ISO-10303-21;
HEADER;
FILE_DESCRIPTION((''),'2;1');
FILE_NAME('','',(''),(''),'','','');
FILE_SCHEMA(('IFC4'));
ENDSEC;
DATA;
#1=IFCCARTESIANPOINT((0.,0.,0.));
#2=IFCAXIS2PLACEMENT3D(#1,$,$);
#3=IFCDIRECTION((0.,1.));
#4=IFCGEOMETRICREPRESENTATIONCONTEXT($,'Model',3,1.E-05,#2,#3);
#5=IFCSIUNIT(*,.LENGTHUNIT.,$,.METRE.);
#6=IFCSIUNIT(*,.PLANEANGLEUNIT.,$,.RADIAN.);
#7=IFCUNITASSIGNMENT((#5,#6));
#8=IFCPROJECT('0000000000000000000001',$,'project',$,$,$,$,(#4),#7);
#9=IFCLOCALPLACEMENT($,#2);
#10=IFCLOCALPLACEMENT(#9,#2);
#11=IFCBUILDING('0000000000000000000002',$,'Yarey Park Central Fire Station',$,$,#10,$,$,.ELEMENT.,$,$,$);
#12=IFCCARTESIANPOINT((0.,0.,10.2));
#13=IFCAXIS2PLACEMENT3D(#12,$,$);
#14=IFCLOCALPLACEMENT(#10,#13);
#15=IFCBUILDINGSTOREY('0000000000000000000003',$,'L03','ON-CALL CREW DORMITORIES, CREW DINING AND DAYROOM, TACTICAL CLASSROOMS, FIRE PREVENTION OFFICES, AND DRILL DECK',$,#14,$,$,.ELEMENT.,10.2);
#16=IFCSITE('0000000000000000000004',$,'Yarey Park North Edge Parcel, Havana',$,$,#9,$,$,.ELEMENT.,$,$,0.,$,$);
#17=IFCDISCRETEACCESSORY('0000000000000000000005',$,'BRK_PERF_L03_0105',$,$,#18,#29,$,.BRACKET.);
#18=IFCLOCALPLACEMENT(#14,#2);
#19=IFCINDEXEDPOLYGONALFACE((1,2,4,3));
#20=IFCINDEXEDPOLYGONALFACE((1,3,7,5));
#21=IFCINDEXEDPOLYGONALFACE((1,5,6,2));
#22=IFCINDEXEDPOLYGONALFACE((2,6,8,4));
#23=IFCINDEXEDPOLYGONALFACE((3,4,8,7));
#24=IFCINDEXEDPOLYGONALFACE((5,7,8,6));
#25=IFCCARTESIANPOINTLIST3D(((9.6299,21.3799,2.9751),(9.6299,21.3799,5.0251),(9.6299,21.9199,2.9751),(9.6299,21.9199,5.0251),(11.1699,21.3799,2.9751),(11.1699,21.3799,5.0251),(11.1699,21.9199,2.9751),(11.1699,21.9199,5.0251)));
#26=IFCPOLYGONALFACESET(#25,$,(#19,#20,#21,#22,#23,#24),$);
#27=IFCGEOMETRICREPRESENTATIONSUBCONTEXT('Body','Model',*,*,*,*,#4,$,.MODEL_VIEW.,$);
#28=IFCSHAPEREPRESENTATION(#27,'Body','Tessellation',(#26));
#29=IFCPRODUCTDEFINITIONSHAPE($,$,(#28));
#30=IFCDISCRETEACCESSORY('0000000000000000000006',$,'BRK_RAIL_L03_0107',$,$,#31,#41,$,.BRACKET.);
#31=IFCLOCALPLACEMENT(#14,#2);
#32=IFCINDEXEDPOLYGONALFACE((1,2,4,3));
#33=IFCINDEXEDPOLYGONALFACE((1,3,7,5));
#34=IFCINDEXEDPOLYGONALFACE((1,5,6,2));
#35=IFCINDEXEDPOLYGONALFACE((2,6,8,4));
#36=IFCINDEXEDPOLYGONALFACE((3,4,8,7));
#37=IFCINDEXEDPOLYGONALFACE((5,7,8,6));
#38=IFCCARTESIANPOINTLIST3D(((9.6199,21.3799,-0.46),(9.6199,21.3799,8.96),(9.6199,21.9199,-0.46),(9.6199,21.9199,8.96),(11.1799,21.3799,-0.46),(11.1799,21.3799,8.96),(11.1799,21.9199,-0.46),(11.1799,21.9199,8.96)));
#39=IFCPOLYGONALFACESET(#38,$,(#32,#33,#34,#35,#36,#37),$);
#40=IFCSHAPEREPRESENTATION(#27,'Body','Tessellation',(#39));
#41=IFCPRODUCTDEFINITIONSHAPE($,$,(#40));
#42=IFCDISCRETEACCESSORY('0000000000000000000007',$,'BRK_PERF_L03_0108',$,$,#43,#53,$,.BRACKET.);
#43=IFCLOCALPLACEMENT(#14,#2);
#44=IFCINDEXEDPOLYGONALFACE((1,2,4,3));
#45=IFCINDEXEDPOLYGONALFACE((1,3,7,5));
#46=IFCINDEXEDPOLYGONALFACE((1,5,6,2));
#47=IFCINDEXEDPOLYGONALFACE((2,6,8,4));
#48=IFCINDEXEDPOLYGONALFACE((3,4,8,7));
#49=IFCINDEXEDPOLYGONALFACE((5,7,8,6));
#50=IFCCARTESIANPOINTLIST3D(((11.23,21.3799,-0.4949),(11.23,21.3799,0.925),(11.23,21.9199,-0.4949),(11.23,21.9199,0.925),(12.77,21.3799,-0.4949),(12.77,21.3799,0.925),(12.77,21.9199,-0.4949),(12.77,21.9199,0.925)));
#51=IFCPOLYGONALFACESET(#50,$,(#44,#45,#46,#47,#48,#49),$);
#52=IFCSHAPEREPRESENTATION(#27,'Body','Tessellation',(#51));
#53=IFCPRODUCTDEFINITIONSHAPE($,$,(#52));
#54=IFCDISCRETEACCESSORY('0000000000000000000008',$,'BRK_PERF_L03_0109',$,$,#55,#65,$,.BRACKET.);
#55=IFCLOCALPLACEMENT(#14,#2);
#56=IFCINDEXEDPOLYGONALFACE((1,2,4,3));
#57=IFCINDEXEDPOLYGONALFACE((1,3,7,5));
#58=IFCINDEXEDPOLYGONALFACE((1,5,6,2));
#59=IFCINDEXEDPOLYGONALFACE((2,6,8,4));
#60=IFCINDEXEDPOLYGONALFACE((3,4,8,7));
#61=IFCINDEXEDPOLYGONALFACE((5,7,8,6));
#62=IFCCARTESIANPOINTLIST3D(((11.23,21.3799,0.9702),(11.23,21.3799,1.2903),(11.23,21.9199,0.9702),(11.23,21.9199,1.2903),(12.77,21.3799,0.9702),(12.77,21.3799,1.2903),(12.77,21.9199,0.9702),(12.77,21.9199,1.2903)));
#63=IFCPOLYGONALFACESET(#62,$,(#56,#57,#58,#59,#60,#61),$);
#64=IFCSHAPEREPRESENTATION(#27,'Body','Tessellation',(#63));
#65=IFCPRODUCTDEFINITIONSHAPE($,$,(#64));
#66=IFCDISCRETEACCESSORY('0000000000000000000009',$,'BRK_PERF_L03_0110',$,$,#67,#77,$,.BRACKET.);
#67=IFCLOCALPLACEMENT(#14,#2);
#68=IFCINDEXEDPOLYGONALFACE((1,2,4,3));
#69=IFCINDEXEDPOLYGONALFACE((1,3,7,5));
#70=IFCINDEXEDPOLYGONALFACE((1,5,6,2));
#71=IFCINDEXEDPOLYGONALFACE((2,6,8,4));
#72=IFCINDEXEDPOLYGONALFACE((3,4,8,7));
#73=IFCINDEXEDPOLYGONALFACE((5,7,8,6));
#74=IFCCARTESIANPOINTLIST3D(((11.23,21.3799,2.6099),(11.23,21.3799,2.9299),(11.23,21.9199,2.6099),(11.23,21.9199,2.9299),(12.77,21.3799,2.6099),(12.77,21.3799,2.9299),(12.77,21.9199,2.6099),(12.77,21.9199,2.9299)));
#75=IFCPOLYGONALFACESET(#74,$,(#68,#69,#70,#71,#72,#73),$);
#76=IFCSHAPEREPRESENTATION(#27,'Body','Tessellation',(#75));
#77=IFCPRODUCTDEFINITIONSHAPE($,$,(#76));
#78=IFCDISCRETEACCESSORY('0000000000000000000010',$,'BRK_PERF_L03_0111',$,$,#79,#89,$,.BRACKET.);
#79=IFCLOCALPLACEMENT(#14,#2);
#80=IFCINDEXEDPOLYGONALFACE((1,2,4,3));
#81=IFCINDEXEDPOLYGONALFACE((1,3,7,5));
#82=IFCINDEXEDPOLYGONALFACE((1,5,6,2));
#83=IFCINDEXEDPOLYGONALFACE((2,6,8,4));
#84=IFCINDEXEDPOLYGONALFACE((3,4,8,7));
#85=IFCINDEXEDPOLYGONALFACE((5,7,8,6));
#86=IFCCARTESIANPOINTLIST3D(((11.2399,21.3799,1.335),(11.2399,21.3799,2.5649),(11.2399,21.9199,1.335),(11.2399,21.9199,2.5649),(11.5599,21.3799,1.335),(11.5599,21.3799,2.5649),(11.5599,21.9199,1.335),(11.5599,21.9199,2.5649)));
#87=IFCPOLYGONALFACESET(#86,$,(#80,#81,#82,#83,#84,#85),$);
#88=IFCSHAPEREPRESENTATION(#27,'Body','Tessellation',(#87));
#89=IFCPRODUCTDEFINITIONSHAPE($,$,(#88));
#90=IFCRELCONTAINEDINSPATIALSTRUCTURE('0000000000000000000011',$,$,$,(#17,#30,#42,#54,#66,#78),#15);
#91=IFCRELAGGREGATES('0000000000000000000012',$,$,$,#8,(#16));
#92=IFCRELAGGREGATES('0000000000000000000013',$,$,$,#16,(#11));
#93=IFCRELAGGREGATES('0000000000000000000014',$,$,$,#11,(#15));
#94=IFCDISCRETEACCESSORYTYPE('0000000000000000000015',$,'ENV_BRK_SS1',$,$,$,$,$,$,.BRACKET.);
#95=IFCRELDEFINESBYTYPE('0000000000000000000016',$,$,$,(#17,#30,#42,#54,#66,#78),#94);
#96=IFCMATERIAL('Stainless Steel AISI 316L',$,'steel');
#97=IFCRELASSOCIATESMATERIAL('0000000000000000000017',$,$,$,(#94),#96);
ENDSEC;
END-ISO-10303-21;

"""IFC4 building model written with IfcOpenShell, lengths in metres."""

from ifc_helpers import new_model, si_unit, direction, frame, origin, origin_2d, place, context, subcontext, project, spatial, rectangle, extrude, material, type_object, element, save


model = new_model("IFC4")

# Units and contexts
model_context = context("Model", 3, precision=1e-05, world=origin(), true_north=direction((0.0, 1.0)))
body_context = subcontext(model_context, "Body", "Model", "MODEL_VIEW")
ifc_project = project(units=[si_unit("LENGTHUNIT", "METRE"), si_unit("PLANEANGLEUNIT", "RADIAN")], contexts=[model_context])

# Site, building, storey
site_placement = place(None, origin())
site = spatial("IfcSite", under=ifc_project, at=site_placement, Name="Yarey Park North Edge Parcel, Havana", CompositionType="ELEMENT", RefElevation=0.0)
building_placement = place(site_placement, origin())
building = spatial("IfcBuilding", under=site, at=building_placement, Name="Yarey Park Central Fire Station", CompositionType="ELEMENT")
storey_placement = place(building_placement, frame((0.0, 0.0, 10.2)))
storey = spatial("IfcBuildingStorey", under=building, at=storey_placement, Name="L03", Description="ON-CALL CREW DORMITORIES, CREW DINING AND DAYROOM, TACTICAL CLASSROOMS, FIRE PREVENTION OFFICES, AND DRILL DECK", CompositionType="ELEMENT", Elevation=10.2)

# Discrete accessories
ifc_material_1 = material(Name="Stainless Steel AISI 316L", Category="steel")
discrete_accessory_type = type_object("IfcDiscreteAccessoryType", Name="ENV_BRK_SS1", PredefinedType="BRACKET", material=ifc_material_1)
discrete_accessory_1_placement = place(storey_placement, frame((10.3999, 21.6499, 2.9751), z_axis=(0.0, 0.0, 1.0), x_axis=(1.0, 0.0, 0.0)))
element("IfcDiscreteAccessory", 1, at=discrete_accessory_1_placement, inside=storey, type_object=discrete_accessory_type, Name="BRK_PERF_L03_0105", PredefinedType="BRACKET", context=body_context, shape_type="SweptSolid", body=[
    extrude(rectangle(XDim=1.54, YDim=0.54, at=origin_2d()), origin(), (0.0, 0.0, 1.0), 2.05),
])
discrete_accessory_2_placement = place(storey_placement, frame((10.3999, 21.6499, -0.46), z_axis=(0.0, 0.0, 1.0), x_axis=(1.0, 0.0, 0.0)))
element("IfcDiscreteAccessory", 2, at=discrete_accessory_2_placement, inside=storey, type_object=discrete_accessory_type, Name="BRK_RAIL_L03_0107", PredefinedType="BRACKET", context=body_context, shape_type="SweptSolid", body=[
    extrude(rectangle(XDim=1.5601, YDim=0.54, at=origin_2d()), origin(), (0.0, 0.0, 1.0), 9.4199),
])
discrete_accessory_3_placement = place(storey_placement, frame((12.0, 21.6499, -0.4949), z_axis=(0.0, 0.0, 1.0), x_axis=(1.0, 0.0, 0.0)))
element("IfcDiscreteAccessory", 3, at=discrete_accessory_3_placement, inside=storey, type_object=discrete_accessory_type, Name="BRK_PERF_L03_0108", PredefinedType="BRACKET", context=body_context, shape_type="SweptSolid", body=[
    extrude(rectangle(XDim=1.54, YDim=0.54, at=origin_2d()), origin(), (0.0, 0.0, 1.0), 1.4199),
])
for number, where, z_axis, x_axis, name in (
    (4, (12.0, 21.6499, 0.9702), (0.0, 0.0, 1.0), (1.0, 0.0, 0.0), "BRK_PERF_L03_0109"),
    (5, (12.0, 21.6499, 2.6099), (0.0, 0.0, 1.0), (1.0, 0.0, 0.0), "BRK_PERF_L03_0110"),
):
    element("IfcDiscreteAccessory", number, at=place(storey_placement, frame(where, z_axis=z_axis, x_axis=x_axis)), inside=storey, type_object=discrete_accessory_type, Name=name, PredefinedType="BRACKET", context=body_context, shape_type="SweptSolid", body=[
        extrude(rectangle(XDim=1.54, YDim=0.54, at=origin_2d()), origin(), (0.0, 0.0, 1.0), 0.3201),
    ])
discrete_accessory_4_placement = place(storey_placement, frame((11.3999, 21.6499, 1.335), z_axis=(0.0, 0.0, 1.0), x_axis=(1.0, 0.0, 0.0)))
element("IfcDiscreteAccessory", 6, at=discrete_accessory_4_placement, inside=storey, type_object=discrete_accessory_type, Name="BRK_PERF_L03_0111", PredefinedType="BRACKET", context=body_context, shape_type="SweptSolid", body=[
    extrude(rectangle(XDim=0.3201, YDim=0.54, at=origin_2d()), origin(), (0.0, 0.0, 1.0), 1.23),
])

save(model, "model.ifc")
